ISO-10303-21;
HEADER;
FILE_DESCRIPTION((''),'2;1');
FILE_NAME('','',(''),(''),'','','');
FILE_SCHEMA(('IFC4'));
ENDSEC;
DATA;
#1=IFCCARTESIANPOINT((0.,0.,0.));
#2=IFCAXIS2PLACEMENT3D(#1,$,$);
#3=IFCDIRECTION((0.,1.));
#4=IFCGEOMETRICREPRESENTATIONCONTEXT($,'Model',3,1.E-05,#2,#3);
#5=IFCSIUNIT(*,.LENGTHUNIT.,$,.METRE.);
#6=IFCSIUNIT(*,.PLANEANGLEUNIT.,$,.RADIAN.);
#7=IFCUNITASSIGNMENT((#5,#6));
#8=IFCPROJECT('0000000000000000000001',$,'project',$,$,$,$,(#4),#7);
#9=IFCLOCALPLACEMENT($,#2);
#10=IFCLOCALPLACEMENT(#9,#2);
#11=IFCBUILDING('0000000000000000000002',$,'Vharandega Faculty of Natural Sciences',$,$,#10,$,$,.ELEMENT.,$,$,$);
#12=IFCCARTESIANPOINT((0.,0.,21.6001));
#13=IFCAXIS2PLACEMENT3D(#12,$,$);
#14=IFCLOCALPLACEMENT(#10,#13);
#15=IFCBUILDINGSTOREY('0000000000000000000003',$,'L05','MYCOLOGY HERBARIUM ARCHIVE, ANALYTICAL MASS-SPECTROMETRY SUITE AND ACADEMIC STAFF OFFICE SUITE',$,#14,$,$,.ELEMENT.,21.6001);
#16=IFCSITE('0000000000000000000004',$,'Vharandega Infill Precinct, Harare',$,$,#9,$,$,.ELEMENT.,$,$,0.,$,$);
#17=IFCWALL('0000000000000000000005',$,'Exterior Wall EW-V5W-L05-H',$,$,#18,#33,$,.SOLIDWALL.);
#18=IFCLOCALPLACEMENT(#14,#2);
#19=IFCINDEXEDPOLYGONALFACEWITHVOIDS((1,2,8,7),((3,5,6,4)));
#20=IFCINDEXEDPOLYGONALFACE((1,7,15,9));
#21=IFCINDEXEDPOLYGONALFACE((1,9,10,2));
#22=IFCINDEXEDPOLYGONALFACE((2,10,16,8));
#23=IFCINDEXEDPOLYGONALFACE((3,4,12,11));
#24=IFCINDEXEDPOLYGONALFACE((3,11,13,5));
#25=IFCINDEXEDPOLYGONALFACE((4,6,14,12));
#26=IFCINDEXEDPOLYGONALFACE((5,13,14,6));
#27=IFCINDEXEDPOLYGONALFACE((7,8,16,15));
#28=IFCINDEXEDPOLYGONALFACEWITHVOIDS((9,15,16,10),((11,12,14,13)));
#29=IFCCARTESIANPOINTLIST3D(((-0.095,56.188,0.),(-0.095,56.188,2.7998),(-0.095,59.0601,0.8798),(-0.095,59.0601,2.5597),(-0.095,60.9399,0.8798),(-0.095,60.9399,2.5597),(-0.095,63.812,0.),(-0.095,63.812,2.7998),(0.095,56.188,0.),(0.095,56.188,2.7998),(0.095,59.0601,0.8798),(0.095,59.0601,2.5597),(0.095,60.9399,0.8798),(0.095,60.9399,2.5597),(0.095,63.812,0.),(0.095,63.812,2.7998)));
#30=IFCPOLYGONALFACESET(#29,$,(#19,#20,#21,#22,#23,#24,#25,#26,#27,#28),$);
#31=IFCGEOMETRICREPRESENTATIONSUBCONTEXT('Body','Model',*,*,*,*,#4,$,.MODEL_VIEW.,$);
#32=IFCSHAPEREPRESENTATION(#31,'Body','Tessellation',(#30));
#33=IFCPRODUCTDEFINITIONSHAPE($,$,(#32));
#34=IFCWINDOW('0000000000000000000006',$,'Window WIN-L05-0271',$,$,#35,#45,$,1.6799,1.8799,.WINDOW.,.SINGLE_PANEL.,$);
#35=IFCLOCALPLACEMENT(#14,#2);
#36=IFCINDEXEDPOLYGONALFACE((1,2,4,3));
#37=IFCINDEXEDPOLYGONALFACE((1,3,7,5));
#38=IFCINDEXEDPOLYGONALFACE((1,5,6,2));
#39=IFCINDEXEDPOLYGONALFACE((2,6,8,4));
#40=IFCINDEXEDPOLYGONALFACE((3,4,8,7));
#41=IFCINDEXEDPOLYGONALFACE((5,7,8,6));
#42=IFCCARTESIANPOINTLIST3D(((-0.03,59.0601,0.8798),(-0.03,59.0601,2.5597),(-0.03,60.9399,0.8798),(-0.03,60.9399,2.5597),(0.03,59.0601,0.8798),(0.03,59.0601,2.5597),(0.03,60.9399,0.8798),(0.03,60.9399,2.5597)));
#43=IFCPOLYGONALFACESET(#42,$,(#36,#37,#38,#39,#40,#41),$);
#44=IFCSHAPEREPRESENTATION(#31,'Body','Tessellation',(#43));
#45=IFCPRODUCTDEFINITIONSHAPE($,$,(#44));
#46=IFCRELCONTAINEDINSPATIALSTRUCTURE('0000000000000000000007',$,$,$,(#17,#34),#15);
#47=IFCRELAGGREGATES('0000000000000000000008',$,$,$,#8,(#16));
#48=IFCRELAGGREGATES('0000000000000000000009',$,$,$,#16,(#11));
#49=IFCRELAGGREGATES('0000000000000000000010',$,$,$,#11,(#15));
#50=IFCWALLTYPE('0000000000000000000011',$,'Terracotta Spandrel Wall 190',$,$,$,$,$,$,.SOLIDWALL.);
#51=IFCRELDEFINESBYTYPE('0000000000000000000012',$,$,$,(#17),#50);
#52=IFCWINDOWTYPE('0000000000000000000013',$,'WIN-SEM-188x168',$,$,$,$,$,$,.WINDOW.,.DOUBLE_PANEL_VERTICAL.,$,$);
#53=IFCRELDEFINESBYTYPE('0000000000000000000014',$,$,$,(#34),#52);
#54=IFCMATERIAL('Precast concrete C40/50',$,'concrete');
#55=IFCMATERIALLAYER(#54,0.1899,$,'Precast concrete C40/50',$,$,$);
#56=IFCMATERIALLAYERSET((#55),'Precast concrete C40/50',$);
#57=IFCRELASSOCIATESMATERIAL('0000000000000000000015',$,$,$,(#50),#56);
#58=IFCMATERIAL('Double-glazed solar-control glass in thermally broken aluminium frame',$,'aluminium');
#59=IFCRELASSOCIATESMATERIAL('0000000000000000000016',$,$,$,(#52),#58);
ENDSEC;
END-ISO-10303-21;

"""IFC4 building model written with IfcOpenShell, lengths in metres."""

from ifc_helpers import new_model, si_unit, direction, frame, frame_2d, origin, place, context, subcontext, project, spatial, rectangle, extrude, material, layer, layer_set, type_object, element, fill, save


model = new_model("IFC4")

# Units and contexts
model_context = context("Model", 3, precision=1e-05, world=origin(), true_north=direction((0.0, 1.0)))
body_context = subcontext(model_context, "Body", "Model", "MODEL_VIEW")
ifc_project = project(units=[si_unit("LENGTHUNIT", "METRE"), si_unit("PLANEANGLEUNIT", "RADIAN")], contexts=[model_context])

# Site, building, storey
site_placement = place(None, origin())
site = spatial("IfcSite", under=ifc_project, at=site_placement, Name="Vharandega Infill Precinct, Harare", CompositionType="ELEMENT", RefElevation=0.0)
building_placement = place(site_placement, origin())
building = spatial("IfcBuilding", under=site, at=building_placement, Name="Vharandega Faculty of Natural Sciences", CompositionType="ELEMENT")
storey_placement = place(building_placement, frame((0.0, 0.0, 21.6001)))
storey = spatial("IfcBuildingStorey", under=building, at=storey_placement, Name="L05", Description="MYCOLOGY HERBARIUM ARCHIVE, ANALYTICAL MASS-SPECTROMETRY SUITE AND ACADEMIC STAFF OFFICE SUITE", CompositionType="ELEMENT", Elevation=21.6001)

# Wall, opening, window
ifc_material_1 = material(Name="Precast concrete C40/50", Category="concrete")
ifc_layer_1 = layer(ifc_material_1, 0.1899, Name="Precast concrete C40/50")
ifc_layer_set_1 = layer_set([ifc_layer_1], Name="Precast concrete C40/50")
wall_type_1 = type_object("IfcWallType", Name="Terracotta Spandrel Wall 190", PredefinedType="SOLIDWALL", material=ifc_layer_set_1)
wall_1_placement = place(storey_placement, frame((0.0, 56.188, 0.0), z_axis=(0.0, 0.0, 1.0), x_axis=(0.0, 1.0, 0.0)))
wall_1 = element("IfcWall", 1, at=wall_1_placement, inside=storey, type_object=wall_type_1, Name="Exterior Wall EW-V5W-L05-H", PredefinedType="SOLIDWALL", context=body_context, shape_type="SweptSolid", body=[
    extrude(rectangle(XDim=7.624, YDim=0.1899, at=frame_2d((3.812, 0.0))), origin(), (0.0, 0.0, 1.0), 2.7998),
])
opening_placement = place(wall_1_placement, frame((2.8721, 0.0, 0.8799)))
opening = element("IfcOpeningElement", 2, at=opening_placement, cuts=wall_1, PredefinedType="OPENING", context=body_context, shape_type="SweptSolid", body=[
    extrude(rectangle(XDim=1.8799, YDim=1.6799, at=frame_2d((0.9399, 0.8398))), frame((0.0, 0.105, 0.0), z_axis=(0.0, -1.0, 0.0), x_axis=(1.0, 0.0, 0.0)), (0.0, 0.0, 1.0), 0.21),
])
ifc_material_2 = material(Name="Double-glazed solar-control glass in thermally broken aluminium frame", Category="aluminium")
window_type = type_object("IfcWindowType", Name="WIN-SEM-188x168", PartitioningType="DOUBLE_PANEL_VERTICAL", PredefinedType="WINDOW", material=ifc_material_2)
window_placement = place(opening_placement, origin())
window = element("IfcWindow", 3, at=window_placement, inside=storey, type_object=window_type, Name="Window WIN-L05-0271", OverallHeight=1.6799, OverallWidth=1.8799, PartitioningType="SINGLE_PANEL", PredefinedType="WINDOW", context=body_context, shape_type="SweptSolid", body=[
    extrude(rectangle(XDim=1.8799, YDim=1.6799, at=frame_2d((0.9399, 0.8398))), frame((0.0, 0.03, 0.0), z_axis=(0.0, -1.0, 0.0), x_axis=(1.0, 0.0, 0.0)), (0.0, 0.0, 1.0), 0.0601),
])
fill(opening, window)

save(model, "model.ifc")
